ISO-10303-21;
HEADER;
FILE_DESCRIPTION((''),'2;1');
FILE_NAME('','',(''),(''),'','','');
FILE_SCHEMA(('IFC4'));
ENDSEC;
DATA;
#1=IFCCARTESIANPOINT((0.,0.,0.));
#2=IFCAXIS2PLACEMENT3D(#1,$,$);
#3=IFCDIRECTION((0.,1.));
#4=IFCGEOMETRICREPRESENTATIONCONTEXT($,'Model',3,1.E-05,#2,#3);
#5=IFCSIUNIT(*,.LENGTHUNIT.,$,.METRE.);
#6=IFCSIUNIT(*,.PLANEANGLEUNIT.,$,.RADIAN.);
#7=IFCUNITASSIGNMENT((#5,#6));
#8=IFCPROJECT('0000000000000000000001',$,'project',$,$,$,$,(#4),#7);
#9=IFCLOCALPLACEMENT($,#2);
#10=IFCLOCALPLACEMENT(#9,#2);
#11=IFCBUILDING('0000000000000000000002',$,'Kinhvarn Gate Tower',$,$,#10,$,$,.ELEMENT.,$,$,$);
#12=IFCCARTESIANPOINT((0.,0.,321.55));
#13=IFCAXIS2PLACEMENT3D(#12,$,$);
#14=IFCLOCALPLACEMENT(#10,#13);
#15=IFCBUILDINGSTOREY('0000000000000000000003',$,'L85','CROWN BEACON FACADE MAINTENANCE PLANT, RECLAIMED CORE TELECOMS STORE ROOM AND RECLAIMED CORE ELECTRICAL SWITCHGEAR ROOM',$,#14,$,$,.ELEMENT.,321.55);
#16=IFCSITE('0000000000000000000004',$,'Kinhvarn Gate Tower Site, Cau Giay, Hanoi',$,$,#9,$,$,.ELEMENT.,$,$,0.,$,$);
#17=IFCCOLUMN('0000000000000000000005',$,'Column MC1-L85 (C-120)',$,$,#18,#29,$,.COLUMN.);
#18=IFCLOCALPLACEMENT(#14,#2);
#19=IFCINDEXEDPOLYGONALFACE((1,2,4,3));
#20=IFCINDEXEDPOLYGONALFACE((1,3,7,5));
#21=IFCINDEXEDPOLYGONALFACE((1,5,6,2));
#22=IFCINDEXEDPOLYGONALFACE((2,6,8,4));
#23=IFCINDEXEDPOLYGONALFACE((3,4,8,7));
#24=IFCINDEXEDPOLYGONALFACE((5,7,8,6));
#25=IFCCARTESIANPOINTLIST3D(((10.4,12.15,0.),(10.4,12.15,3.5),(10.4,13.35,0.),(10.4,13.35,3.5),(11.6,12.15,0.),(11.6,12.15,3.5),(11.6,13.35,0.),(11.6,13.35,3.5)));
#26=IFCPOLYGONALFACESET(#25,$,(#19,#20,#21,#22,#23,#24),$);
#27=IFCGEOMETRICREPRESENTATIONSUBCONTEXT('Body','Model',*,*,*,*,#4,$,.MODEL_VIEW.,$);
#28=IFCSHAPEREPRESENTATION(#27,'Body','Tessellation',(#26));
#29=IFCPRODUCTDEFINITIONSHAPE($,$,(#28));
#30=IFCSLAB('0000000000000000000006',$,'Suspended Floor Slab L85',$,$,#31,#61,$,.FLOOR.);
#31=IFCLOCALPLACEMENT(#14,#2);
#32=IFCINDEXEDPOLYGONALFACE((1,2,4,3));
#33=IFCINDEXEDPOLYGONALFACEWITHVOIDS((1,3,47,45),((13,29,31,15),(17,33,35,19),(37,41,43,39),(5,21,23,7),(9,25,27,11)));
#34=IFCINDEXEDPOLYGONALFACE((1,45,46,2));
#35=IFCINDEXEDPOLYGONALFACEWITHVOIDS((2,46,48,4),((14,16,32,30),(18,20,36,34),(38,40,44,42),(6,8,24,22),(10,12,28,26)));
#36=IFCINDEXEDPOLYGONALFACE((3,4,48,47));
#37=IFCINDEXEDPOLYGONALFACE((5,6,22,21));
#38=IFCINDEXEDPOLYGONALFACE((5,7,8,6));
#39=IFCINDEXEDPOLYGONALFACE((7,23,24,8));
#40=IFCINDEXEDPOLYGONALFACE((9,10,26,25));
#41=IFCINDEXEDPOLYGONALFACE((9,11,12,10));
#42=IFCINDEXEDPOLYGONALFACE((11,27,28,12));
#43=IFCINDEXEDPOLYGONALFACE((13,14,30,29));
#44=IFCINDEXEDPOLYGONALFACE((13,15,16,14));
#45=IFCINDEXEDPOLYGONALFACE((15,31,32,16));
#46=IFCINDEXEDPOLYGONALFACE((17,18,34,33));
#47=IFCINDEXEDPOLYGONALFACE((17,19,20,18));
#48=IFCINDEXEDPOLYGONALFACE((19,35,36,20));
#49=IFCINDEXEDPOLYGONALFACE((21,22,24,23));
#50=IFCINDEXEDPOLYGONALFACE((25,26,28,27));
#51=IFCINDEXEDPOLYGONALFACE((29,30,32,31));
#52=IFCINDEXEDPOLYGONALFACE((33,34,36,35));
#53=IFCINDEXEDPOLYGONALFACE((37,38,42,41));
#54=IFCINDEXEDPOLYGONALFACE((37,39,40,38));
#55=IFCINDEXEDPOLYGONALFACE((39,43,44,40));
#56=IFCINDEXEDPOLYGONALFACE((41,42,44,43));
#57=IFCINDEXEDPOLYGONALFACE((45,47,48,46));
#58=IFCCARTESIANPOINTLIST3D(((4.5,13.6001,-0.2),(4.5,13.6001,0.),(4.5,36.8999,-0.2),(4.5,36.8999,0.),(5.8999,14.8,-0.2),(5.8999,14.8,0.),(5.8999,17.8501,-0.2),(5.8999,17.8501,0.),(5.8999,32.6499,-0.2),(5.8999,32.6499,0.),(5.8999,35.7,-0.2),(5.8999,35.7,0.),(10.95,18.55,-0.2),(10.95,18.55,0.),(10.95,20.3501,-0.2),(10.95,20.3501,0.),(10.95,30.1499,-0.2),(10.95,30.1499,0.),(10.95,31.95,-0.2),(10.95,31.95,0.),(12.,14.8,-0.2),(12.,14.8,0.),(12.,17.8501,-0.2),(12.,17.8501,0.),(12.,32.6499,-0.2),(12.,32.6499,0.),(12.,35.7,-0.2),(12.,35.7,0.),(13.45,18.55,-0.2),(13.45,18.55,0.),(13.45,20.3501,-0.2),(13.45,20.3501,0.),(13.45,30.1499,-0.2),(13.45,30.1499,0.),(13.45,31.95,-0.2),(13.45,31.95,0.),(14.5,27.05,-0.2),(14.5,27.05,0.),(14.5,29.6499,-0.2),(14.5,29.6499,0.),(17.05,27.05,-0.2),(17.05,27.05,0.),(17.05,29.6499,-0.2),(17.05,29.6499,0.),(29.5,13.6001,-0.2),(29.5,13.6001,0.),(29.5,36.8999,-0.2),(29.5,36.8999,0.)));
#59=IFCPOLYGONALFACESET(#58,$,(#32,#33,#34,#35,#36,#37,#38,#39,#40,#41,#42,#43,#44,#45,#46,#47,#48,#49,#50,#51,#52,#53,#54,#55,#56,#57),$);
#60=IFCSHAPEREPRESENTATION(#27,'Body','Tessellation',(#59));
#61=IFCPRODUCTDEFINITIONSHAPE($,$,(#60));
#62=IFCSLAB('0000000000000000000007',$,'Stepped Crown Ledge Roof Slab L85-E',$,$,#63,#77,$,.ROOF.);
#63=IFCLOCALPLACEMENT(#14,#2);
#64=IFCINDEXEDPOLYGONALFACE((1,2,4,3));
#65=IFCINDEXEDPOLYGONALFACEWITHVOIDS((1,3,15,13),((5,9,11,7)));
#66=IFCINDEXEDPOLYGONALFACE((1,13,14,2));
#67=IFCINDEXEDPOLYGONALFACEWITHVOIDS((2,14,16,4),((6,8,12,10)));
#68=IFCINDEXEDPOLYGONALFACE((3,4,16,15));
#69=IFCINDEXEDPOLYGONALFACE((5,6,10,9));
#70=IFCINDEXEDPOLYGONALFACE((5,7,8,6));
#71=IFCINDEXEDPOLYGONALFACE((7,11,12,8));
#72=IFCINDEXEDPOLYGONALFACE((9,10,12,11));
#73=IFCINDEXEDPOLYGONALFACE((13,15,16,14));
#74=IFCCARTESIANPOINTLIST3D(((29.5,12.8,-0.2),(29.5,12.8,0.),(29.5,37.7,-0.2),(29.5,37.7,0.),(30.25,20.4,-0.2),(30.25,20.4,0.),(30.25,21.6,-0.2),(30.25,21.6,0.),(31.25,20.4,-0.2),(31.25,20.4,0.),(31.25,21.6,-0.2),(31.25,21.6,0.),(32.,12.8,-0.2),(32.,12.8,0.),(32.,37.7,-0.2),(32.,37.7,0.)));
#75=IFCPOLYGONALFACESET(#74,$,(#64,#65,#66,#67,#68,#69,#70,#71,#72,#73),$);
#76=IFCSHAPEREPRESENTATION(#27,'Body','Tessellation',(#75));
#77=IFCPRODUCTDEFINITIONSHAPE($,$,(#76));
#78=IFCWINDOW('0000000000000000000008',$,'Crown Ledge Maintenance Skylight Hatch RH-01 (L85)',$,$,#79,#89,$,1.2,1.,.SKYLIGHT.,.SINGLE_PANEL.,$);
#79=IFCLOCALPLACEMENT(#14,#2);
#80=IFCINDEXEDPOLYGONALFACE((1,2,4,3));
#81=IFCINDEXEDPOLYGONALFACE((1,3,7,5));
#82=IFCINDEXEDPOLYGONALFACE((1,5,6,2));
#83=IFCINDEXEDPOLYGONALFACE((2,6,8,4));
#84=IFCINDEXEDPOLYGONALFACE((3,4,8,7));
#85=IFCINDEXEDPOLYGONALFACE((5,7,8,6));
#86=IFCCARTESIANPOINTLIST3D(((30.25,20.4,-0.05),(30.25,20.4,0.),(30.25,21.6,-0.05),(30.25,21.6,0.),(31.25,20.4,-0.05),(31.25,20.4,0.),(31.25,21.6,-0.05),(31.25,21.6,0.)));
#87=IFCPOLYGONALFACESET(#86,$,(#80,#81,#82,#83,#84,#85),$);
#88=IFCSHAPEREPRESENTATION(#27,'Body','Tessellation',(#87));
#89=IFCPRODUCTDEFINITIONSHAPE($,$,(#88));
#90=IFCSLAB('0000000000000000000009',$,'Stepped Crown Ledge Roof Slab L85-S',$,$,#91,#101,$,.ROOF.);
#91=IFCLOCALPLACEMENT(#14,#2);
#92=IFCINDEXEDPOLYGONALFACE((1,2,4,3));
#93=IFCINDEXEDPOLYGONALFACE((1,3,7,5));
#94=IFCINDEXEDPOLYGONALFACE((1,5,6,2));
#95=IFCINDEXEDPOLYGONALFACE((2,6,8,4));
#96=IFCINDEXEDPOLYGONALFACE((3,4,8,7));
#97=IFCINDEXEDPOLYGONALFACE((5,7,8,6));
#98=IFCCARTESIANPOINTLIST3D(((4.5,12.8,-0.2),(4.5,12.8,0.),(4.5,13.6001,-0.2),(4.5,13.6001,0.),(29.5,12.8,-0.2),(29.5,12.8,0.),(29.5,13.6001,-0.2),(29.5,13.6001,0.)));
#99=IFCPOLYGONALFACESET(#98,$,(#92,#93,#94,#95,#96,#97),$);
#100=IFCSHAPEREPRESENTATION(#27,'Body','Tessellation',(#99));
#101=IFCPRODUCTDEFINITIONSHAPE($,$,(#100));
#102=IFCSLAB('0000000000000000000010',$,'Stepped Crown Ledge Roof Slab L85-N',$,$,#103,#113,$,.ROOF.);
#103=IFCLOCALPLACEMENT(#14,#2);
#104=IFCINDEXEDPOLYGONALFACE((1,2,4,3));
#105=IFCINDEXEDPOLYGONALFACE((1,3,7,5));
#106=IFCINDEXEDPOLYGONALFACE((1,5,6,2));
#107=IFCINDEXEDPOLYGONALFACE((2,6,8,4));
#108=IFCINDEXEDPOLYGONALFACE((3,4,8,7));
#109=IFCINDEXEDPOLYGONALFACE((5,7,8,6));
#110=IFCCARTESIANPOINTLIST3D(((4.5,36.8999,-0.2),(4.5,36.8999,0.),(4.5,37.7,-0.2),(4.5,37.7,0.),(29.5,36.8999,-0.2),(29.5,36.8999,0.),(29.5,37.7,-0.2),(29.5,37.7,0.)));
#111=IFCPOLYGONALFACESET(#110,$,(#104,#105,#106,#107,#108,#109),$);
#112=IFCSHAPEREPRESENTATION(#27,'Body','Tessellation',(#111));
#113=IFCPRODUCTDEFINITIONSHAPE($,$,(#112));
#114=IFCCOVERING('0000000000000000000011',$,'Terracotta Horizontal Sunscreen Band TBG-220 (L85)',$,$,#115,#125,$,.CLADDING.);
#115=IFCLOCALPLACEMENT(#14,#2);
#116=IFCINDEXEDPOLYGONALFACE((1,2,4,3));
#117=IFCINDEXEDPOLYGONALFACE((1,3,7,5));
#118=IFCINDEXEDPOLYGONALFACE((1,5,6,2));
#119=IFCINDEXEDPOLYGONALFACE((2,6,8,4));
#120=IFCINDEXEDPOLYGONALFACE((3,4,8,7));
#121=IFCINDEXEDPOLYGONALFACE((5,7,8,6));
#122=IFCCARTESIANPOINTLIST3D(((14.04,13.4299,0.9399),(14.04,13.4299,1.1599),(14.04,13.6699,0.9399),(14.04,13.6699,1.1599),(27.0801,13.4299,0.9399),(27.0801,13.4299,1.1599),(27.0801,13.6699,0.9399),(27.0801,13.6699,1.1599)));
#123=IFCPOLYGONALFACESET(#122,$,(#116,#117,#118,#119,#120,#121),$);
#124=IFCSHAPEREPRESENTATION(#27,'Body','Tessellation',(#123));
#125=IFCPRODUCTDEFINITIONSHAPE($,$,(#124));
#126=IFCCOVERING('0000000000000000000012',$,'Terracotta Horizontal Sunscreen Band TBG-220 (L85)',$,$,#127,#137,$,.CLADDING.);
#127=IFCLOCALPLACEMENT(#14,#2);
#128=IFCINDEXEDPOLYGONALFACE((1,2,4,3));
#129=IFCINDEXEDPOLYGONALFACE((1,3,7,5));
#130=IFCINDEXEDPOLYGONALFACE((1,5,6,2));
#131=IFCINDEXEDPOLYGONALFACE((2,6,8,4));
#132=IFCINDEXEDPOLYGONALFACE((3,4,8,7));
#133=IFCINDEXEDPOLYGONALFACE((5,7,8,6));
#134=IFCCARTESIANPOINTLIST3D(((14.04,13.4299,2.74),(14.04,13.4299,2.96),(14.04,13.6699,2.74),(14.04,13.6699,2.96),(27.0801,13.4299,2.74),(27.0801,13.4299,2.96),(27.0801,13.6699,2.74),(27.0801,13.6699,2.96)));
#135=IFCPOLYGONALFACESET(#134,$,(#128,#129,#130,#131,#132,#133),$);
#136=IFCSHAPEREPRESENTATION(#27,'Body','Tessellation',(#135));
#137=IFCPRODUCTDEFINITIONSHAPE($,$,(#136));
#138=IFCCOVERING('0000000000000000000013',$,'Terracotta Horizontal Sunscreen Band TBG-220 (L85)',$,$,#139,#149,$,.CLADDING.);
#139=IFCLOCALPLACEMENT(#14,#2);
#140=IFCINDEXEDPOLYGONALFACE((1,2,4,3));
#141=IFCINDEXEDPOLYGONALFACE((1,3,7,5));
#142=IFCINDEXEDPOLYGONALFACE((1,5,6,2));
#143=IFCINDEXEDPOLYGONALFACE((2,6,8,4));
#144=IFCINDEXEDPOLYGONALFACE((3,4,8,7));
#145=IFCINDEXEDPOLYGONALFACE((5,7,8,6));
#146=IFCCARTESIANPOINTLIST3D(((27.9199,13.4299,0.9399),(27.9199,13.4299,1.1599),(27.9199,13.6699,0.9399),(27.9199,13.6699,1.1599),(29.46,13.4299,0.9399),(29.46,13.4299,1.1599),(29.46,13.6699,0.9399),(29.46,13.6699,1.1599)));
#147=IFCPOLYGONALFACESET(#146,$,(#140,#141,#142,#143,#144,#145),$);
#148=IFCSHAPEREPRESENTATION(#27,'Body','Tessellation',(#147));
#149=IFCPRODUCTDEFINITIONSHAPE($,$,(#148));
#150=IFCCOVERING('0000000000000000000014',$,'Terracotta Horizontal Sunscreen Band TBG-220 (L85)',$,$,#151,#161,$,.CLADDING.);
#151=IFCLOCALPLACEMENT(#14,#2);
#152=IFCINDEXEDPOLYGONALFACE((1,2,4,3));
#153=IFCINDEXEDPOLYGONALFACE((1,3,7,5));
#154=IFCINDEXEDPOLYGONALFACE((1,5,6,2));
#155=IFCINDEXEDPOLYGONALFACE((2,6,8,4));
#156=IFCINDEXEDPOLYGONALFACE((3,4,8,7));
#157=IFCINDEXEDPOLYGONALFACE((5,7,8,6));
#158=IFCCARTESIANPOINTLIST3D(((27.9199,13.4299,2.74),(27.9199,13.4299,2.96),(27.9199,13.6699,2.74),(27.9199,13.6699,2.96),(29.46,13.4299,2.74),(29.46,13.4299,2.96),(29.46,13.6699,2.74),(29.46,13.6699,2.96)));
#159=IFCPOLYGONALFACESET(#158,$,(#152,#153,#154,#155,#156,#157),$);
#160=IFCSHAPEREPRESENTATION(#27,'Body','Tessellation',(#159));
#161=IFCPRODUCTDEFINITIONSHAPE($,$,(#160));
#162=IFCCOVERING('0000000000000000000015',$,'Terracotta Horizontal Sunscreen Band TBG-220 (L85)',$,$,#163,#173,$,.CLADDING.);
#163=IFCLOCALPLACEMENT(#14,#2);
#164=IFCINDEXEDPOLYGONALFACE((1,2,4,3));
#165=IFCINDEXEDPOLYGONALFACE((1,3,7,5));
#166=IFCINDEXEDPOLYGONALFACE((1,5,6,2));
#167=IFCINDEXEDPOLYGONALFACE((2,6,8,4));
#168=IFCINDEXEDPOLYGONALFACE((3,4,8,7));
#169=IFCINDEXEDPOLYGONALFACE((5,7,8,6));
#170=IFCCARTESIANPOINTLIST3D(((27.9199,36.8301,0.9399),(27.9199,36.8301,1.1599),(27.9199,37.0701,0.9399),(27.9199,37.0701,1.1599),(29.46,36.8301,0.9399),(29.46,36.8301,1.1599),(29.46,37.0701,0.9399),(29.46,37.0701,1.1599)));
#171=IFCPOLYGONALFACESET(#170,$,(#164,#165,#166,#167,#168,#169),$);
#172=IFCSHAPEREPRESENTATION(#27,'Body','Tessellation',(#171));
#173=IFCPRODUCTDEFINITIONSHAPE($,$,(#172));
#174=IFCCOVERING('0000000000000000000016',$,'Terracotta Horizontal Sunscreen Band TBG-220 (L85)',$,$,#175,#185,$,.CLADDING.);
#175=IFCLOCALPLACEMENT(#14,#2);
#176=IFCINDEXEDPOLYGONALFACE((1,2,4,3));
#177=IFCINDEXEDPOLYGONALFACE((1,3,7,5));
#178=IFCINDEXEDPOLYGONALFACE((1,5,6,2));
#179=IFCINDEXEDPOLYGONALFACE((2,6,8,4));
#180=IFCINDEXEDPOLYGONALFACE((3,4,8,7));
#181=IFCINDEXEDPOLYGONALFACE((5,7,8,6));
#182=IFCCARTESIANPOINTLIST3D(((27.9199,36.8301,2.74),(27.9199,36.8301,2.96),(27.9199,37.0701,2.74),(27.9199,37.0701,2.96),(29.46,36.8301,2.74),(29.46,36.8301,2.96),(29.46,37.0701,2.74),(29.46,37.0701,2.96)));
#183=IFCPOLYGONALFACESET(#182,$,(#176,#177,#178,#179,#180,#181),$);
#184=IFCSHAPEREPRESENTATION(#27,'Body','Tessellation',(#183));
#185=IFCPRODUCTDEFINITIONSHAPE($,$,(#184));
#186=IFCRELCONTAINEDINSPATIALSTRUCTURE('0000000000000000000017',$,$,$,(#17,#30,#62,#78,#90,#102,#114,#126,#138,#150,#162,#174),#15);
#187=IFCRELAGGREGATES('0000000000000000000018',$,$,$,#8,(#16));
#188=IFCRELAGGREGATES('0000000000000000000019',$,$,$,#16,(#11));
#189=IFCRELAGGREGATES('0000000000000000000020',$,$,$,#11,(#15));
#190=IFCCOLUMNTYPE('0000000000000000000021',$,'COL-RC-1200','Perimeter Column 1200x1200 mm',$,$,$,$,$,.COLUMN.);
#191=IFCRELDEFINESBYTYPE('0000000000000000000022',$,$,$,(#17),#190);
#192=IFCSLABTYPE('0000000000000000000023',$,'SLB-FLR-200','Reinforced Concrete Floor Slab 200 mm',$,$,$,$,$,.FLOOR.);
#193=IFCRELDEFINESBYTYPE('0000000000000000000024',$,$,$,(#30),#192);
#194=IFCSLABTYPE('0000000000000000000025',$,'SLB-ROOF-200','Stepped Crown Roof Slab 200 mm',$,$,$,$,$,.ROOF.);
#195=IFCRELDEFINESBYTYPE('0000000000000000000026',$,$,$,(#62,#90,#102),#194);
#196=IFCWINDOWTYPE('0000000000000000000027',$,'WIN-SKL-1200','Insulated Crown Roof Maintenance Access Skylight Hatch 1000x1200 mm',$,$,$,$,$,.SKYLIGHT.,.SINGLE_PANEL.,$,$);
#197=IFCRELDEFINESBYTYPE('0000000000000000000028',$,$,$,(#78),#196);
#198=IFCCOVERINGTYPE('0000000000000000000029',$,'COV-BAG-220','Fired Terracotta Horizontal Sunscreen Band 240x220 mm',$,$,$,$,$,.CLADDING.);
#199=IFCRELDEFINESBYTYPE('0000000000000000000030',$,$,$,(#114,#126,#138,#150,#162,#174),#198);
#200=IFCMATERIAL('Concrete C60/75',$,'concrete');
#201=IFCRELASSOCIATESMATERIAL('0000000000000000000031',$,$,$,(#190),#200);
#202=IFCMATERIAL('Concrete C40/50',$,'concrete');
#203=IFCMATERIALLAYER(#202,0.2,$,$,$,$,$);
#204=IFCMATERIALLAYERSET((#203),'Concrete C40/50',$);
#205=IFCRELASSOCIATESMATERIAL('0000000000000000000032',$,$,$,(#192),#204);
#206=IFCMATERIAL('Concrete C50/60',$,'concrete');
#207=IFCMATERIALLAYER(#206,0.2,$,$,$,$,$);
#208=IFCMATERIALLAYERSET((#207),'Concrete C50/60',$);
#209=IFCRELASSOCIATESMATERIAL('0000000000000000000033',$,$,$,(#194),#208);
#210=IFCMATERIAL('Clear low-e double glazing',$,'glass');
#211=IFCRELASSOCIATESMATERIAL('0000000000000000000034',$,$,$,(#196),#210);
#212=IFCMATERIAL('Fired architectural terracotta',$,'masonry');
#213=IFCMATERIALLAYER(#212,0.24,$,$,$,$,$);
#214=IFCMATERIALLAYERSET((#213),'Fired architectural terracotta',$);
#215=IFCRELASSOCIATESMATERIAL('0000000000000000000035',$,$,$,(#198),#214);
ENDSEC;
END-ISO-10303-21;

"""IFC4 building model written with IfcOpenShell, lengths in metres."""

from ifc_helpers import new_model, si_unit, direction, frame, origin, origin_2d, place, context, subcontext, project, spatial, polyline, rectangle, outline, extrude, material, layer, layer_set, material_profile, profile_set, type_object, element, fill, save


model = new_model("IFC4")

# Units and contexts
model_context = context("Model", 3, precision=1e-05, world=origin(), true_north=direction((0.0, 1.0)))
body_context = subcontext(model_context, "Body", "Model", "MODEL_VIEW")
ifc_project = project(units=[si_unit("LENGTHUNIT", "METRE"), si_unit("PLANEANGLEUNIT", "RADIAN")], contexts=[model_context])

# Site, building, storey
site_placement = place(None, origin())
site = spatial("IfcSite", under=ifc_project, at=site_placement, Name="Kinhvarn Gate Tower Site, Cau Giay, Hanoi", CompositionType="ELEMENT", RefElevation=0.0)
building_placement = place(site_placement, origin())
building = spatial("IfcBuilding", under=site, at=building_placement, Name="Kinhvarn Gate Tower", CompositionType="ELEMENT")
storey_placement = place(building_placement, frame((0.0, 0.0, 321.55)))
storey = spatial("IfcBuildingStorey", under=building, at=storey_placement, Name="L85", Description="CROWN BEACON FACADE MAINTENANCE PLANT, RECLAIMED CORE TELECOMS STORE ROOM AND RECLAIMED CORE ELECTRICAL SWITCHGEAR ROOM", CompositionType="ELEMENT", Elevation=321.55)

# Column
ifc_material_1 = material(Name="Concrete C60/75", Category="concrete")
ifc_material_profile = material_profile(ifc_material_1, rectangle(XDim=1.2, YDim=1.2, at=origin_2d()), Name="RC 1200x1200")
ifc_profile_set = profile_set([ifc_material_profile], Name="Concrete C60/75")
column_type = type_object("IfcColumnType", Name="COL-RC-1200", Description="Perimeter Column 1200x1200 mm", PredefinedType="COLUMN", material=ifc_profile_set)
column_placement = place(storey_placement, frame((11.0, 12.75, 0.0), z_axis=(0.0, 0.0, 1.0), x_axis=(1.0, 0.0, 0.0)))
element("IfcColumn", 1, at=column_placement, inside=storey, type_object=column_type, Name="Column MC1-L85 (C-120)", PredefinedType="COLUMN", context=body_context, shape_type="SweptSolid", body=[
    extrude(rectangle(XDim=1.2, YDim=1.2, at=origin_2d()), origin(), (0.0, 0.0, 1.0), 3.5),
])

# Slab
ifc_material_2 = material(Name="Concrete C40/50", Category="concrete")
ifc_layer_1 = layer(ifc_material_2, 0.2)
ifc_layer_set_1 = layer_set([ifc_layer_1], Name="Concrete C40/50")
slab_type_1 = type_object("IfcSlabType", Name="SLB-FLR-200", Description="Reinforced Concrete Floor Slab 200 mm", PredefinedType="FLOOR", material=ifc_layer_set_1)
slab_1_placement = place(storey_placement, frame((0.0, 0.0, -0.2)))
element("IfcSlab", 2, at=slab_1_placement, inside=storey, type_object=slab_type_1, Name="Suspended Floor Slab L85", PredefinedType="FLOOR", context=body_context, shape_type="SweptSolid", body=[
    extrude(outline(polyline([(4.5, 13.6001), (29.5, 13.6001), (29.5, 36.8999), (4.5, 36.8999), (4.5, 13.6001)]), holes=[polyline([(5.8999, 14.8), (12.0, 14.8), (12.0, 17.8501), (5.8999, 17.8501), (5.8999, 14.8)]), polyline([(5.8999, 32.6499), (12.0, 32.6499), (12.0, 35.7), (5.8999, 35.7), (5.8999, 32.6499)]), polyline([(14.5, 27.05), (17.05, 27.05), (17.05, 29.6499), (14.5, 29.6499), (14.5, 27.05)]), polyline([(10.95, 18.55), (13.45, 18.55), (13.45, 20.3501), (10.95, 20.3501), (10.95, 18.55)]), polyline([(10.95, 30.1499), (13.45, 30.1499), (13.45, 31.95), (10.95, 31.95), (10.95, 30.1499)])]), origin(), (0.0, 0.0, 1.0), 0.2),
])

# Slab, opening, window
ifc_material_3 = material(Name="Concrete C50/60", Category="concrete")
ifc_layer_2 = layer(ifc_material_3, 0.2)
ifc_layer_set_2 = layer_set([ifc_layer_2], Name="Concrete C50/60")
slab_type_2 = type_object("IfcSlabType", Name="SLB-ROOF-200", Description="Stepped Crown Roof Slab 200 mm", PredefinedType="ROOF", material=ifc_layer_set_2)
slab_2_placement = place(storey_placement, frame((0.0, 0.0, -0.2)))
slab_2 = element("IfcSlab", 3, at=slab_2_placement, inside=storey, type_object=slab_type_2, Name="Stepped Crown Ledge Roof Slab L85-E", PredefinedType="ROOF", context=body_context, shape_type="SweptSolid", body=[
    extrude(outline(polyline([(29.5, 12.8), (29.5, 37.7), (32.0, 37.7), (32.0, 12.8), (29.5, 12.8)])), origin(), (0.0, 0.0, 1.0), 0.2),
])
opening_placement = place(slab_2_placement, frame((30.75, 21.0, -0.01)))
opening = element("IfcOpeningElement", 4, at=opening_placement, cuts=slab_2, PredefinedType="OPENING", context=body_context, shape_type="SweptSolid", body=[
    extrude(rectangle(XDim=1.0, YDim=1.2, at=origin_2d()), origin(), (0.0, 0.0, 1.0), 0.22),
])
ifc_material_4 = material(Name="Clear low-e double glazing", Category="glass")
window_type = type_object("IfcWindowType", Name="WIN-SKL-1200", Description="Insulated Crown Roof Maintenance Access Skylight Hatch 1000x1200 mm", PartitioningType="SINGLE_PANEL", PredefinedType="SKYLIGHT", material=ifc_material_4)
window_placement = place(slab_2_placement, frame((30.75, 21.0, 0.1499)))
window = element("IfcWindow", 5, at=window_placement, inside=storey, type_object=window_type, Name="Crown Ledge Maintenance Skylight Hatch RH-01 (L85)", OverallHeight=1.2, OverallWidth=1.0, PartitioningType="SINGLE_PANEL", PredefinedType="SKYLIGHT", context=body_context, shape_type="SweptSolid", body=[
    extrude(rectangle(XDim=1.0, YDim=1.2, at=origin_2d()), origin(), (0.0, 0.0, 1.0), 0.05),
])
fill(opening, window)

# Slabs
slab_3_placement = place(storey_placement, frame((0.0, 0.0, -0.2)))
element("IfcSlab", 6, at=slab_3_placement, inside=storey, type_object=slab_type_2, Name="Stepped Crown Ledge Roof Slab L85-S", PredefinedType="ROOF", context=body_context, shape_type="SweptSolid", body=[
    extrude(outline(polyline([(4.5, 12.8), (4.5, 13.6001), (29.5, 13.6001), (29.5, 12.8), (4.5, 12.8)])), origin(), (0.0, 0.0, 1.0), 0.2),
])
slab_4_placement = place(storey_placement, frame((0.0, 0.0, -0.2)))
element("IfcSlab", 7, at=slab_4_placement, inside=storey, type_object=slab_type_2, Name="Stepped Crown Ledge Roof Slab L85-N", PredefinedType="ROOF", context=body_context, shape_type="SweptSolid", body=[
    extrude(outline(polyline([(29.5, 37.7), (29.5, 36.8999), (4.5, 36.8999), (4.5, 37.7), (29.5, 37.7)])), origin(), (0.0, 0.0, 1.0), 0.2),
])

# Coverings
ifc_material_5 = material(Name="Fired architectural terracotta", Category="masonry")
ifc_layer_3 = layer(ifc_material_5, 0.24)
ifc_layer_set_3 = layer_set([ifc_layer_3], Name="Fired architectural terracotta")
covering_type_1 = type_object("IfcCoveringType", Name="COV-BAG-220", Description="Fired Terracotta Horizontal Sunscreen Band 240x220 mm", PredefinedType="CLADDING", material=ifc_layer_set_3)
for number, where, name in (
    (8, (0.0, 0.0, 0.9399), "Terracotta Horizontal Sunscreen Band TBG-220 (L85)"),
    (9, (0.0, 0.0, 2.74), "Terracotta Horizontal Sunscreen Band TBG-220 (L85)"),
):
    element("IfcCovering", number, at=place(storey_placement, frame(where)), inside=storey, type_object=covering_type_1, Name=name, PredefinedType="CLADDING", context=body_context, shape_type="SweptSolid", body=[
        extrude(outline(polyline([(14.04, 13.6699), (27.0801, 13.6699), (27.0801, 13.4299), (14.04, 13.4299), (14.04, 13.6699)])), origin(), (0.0, 0.0, 1.0), 0.22),
    ])
for number, where, name in (
    (10, (0.0, 0.0, 0.9399), "Terracotta Horizontal Sunscreen Band TBG-220 (L85)"),
    (11, (0.0, 0.0, 2.74), "Terracotta Horizontal Sunscreen Band TBG-220 (L85)"),
):
    element("IfcCovering", number, at=place(storey_placement, frame(where)), inside=storey, type_object=covering_type_1, Name=name, PredefinedType="CLADDING", context=body_context, shape_type="SweptSolid", body=[
        extrude(outline(polyline([(27.9199, 13.6699), (29.46, 13.6699), (29.46, 13.4299), (27.9199, 13.4299), (27.9199, 13.6699)])), origin(), (0.0, 0.0, 1.0), 0.22),
    ])
for number, where, name in (
    (12, (0.0, 0.0, 0.9399), "Terracotta Horizontal Sunscreen Band TBG-220 (L85)"),
    (13, (0.0, 0.0, 2.74), "Terracotta Horizontal Sunscreen Band TBG-220 (L85)"),
):
    element("IfcCovering", number, at=place(storey_placement, frame(where)), inside=storey, type_object=covering_type_1, Name=name, PredefinedType="CLADDING", context=body_context, shape_type="SweptSolid", body=[
        extrude(outline(polyline([(29.46, 36.8301), (27.9199, 36.8301), (27.9199, 37.0701), (29.46, 37.0701), (29.46, 36.8301)])), origin(), (0.0, 0.0, 1.0), 0.22),
    ])

save(model, "model.ifc")
